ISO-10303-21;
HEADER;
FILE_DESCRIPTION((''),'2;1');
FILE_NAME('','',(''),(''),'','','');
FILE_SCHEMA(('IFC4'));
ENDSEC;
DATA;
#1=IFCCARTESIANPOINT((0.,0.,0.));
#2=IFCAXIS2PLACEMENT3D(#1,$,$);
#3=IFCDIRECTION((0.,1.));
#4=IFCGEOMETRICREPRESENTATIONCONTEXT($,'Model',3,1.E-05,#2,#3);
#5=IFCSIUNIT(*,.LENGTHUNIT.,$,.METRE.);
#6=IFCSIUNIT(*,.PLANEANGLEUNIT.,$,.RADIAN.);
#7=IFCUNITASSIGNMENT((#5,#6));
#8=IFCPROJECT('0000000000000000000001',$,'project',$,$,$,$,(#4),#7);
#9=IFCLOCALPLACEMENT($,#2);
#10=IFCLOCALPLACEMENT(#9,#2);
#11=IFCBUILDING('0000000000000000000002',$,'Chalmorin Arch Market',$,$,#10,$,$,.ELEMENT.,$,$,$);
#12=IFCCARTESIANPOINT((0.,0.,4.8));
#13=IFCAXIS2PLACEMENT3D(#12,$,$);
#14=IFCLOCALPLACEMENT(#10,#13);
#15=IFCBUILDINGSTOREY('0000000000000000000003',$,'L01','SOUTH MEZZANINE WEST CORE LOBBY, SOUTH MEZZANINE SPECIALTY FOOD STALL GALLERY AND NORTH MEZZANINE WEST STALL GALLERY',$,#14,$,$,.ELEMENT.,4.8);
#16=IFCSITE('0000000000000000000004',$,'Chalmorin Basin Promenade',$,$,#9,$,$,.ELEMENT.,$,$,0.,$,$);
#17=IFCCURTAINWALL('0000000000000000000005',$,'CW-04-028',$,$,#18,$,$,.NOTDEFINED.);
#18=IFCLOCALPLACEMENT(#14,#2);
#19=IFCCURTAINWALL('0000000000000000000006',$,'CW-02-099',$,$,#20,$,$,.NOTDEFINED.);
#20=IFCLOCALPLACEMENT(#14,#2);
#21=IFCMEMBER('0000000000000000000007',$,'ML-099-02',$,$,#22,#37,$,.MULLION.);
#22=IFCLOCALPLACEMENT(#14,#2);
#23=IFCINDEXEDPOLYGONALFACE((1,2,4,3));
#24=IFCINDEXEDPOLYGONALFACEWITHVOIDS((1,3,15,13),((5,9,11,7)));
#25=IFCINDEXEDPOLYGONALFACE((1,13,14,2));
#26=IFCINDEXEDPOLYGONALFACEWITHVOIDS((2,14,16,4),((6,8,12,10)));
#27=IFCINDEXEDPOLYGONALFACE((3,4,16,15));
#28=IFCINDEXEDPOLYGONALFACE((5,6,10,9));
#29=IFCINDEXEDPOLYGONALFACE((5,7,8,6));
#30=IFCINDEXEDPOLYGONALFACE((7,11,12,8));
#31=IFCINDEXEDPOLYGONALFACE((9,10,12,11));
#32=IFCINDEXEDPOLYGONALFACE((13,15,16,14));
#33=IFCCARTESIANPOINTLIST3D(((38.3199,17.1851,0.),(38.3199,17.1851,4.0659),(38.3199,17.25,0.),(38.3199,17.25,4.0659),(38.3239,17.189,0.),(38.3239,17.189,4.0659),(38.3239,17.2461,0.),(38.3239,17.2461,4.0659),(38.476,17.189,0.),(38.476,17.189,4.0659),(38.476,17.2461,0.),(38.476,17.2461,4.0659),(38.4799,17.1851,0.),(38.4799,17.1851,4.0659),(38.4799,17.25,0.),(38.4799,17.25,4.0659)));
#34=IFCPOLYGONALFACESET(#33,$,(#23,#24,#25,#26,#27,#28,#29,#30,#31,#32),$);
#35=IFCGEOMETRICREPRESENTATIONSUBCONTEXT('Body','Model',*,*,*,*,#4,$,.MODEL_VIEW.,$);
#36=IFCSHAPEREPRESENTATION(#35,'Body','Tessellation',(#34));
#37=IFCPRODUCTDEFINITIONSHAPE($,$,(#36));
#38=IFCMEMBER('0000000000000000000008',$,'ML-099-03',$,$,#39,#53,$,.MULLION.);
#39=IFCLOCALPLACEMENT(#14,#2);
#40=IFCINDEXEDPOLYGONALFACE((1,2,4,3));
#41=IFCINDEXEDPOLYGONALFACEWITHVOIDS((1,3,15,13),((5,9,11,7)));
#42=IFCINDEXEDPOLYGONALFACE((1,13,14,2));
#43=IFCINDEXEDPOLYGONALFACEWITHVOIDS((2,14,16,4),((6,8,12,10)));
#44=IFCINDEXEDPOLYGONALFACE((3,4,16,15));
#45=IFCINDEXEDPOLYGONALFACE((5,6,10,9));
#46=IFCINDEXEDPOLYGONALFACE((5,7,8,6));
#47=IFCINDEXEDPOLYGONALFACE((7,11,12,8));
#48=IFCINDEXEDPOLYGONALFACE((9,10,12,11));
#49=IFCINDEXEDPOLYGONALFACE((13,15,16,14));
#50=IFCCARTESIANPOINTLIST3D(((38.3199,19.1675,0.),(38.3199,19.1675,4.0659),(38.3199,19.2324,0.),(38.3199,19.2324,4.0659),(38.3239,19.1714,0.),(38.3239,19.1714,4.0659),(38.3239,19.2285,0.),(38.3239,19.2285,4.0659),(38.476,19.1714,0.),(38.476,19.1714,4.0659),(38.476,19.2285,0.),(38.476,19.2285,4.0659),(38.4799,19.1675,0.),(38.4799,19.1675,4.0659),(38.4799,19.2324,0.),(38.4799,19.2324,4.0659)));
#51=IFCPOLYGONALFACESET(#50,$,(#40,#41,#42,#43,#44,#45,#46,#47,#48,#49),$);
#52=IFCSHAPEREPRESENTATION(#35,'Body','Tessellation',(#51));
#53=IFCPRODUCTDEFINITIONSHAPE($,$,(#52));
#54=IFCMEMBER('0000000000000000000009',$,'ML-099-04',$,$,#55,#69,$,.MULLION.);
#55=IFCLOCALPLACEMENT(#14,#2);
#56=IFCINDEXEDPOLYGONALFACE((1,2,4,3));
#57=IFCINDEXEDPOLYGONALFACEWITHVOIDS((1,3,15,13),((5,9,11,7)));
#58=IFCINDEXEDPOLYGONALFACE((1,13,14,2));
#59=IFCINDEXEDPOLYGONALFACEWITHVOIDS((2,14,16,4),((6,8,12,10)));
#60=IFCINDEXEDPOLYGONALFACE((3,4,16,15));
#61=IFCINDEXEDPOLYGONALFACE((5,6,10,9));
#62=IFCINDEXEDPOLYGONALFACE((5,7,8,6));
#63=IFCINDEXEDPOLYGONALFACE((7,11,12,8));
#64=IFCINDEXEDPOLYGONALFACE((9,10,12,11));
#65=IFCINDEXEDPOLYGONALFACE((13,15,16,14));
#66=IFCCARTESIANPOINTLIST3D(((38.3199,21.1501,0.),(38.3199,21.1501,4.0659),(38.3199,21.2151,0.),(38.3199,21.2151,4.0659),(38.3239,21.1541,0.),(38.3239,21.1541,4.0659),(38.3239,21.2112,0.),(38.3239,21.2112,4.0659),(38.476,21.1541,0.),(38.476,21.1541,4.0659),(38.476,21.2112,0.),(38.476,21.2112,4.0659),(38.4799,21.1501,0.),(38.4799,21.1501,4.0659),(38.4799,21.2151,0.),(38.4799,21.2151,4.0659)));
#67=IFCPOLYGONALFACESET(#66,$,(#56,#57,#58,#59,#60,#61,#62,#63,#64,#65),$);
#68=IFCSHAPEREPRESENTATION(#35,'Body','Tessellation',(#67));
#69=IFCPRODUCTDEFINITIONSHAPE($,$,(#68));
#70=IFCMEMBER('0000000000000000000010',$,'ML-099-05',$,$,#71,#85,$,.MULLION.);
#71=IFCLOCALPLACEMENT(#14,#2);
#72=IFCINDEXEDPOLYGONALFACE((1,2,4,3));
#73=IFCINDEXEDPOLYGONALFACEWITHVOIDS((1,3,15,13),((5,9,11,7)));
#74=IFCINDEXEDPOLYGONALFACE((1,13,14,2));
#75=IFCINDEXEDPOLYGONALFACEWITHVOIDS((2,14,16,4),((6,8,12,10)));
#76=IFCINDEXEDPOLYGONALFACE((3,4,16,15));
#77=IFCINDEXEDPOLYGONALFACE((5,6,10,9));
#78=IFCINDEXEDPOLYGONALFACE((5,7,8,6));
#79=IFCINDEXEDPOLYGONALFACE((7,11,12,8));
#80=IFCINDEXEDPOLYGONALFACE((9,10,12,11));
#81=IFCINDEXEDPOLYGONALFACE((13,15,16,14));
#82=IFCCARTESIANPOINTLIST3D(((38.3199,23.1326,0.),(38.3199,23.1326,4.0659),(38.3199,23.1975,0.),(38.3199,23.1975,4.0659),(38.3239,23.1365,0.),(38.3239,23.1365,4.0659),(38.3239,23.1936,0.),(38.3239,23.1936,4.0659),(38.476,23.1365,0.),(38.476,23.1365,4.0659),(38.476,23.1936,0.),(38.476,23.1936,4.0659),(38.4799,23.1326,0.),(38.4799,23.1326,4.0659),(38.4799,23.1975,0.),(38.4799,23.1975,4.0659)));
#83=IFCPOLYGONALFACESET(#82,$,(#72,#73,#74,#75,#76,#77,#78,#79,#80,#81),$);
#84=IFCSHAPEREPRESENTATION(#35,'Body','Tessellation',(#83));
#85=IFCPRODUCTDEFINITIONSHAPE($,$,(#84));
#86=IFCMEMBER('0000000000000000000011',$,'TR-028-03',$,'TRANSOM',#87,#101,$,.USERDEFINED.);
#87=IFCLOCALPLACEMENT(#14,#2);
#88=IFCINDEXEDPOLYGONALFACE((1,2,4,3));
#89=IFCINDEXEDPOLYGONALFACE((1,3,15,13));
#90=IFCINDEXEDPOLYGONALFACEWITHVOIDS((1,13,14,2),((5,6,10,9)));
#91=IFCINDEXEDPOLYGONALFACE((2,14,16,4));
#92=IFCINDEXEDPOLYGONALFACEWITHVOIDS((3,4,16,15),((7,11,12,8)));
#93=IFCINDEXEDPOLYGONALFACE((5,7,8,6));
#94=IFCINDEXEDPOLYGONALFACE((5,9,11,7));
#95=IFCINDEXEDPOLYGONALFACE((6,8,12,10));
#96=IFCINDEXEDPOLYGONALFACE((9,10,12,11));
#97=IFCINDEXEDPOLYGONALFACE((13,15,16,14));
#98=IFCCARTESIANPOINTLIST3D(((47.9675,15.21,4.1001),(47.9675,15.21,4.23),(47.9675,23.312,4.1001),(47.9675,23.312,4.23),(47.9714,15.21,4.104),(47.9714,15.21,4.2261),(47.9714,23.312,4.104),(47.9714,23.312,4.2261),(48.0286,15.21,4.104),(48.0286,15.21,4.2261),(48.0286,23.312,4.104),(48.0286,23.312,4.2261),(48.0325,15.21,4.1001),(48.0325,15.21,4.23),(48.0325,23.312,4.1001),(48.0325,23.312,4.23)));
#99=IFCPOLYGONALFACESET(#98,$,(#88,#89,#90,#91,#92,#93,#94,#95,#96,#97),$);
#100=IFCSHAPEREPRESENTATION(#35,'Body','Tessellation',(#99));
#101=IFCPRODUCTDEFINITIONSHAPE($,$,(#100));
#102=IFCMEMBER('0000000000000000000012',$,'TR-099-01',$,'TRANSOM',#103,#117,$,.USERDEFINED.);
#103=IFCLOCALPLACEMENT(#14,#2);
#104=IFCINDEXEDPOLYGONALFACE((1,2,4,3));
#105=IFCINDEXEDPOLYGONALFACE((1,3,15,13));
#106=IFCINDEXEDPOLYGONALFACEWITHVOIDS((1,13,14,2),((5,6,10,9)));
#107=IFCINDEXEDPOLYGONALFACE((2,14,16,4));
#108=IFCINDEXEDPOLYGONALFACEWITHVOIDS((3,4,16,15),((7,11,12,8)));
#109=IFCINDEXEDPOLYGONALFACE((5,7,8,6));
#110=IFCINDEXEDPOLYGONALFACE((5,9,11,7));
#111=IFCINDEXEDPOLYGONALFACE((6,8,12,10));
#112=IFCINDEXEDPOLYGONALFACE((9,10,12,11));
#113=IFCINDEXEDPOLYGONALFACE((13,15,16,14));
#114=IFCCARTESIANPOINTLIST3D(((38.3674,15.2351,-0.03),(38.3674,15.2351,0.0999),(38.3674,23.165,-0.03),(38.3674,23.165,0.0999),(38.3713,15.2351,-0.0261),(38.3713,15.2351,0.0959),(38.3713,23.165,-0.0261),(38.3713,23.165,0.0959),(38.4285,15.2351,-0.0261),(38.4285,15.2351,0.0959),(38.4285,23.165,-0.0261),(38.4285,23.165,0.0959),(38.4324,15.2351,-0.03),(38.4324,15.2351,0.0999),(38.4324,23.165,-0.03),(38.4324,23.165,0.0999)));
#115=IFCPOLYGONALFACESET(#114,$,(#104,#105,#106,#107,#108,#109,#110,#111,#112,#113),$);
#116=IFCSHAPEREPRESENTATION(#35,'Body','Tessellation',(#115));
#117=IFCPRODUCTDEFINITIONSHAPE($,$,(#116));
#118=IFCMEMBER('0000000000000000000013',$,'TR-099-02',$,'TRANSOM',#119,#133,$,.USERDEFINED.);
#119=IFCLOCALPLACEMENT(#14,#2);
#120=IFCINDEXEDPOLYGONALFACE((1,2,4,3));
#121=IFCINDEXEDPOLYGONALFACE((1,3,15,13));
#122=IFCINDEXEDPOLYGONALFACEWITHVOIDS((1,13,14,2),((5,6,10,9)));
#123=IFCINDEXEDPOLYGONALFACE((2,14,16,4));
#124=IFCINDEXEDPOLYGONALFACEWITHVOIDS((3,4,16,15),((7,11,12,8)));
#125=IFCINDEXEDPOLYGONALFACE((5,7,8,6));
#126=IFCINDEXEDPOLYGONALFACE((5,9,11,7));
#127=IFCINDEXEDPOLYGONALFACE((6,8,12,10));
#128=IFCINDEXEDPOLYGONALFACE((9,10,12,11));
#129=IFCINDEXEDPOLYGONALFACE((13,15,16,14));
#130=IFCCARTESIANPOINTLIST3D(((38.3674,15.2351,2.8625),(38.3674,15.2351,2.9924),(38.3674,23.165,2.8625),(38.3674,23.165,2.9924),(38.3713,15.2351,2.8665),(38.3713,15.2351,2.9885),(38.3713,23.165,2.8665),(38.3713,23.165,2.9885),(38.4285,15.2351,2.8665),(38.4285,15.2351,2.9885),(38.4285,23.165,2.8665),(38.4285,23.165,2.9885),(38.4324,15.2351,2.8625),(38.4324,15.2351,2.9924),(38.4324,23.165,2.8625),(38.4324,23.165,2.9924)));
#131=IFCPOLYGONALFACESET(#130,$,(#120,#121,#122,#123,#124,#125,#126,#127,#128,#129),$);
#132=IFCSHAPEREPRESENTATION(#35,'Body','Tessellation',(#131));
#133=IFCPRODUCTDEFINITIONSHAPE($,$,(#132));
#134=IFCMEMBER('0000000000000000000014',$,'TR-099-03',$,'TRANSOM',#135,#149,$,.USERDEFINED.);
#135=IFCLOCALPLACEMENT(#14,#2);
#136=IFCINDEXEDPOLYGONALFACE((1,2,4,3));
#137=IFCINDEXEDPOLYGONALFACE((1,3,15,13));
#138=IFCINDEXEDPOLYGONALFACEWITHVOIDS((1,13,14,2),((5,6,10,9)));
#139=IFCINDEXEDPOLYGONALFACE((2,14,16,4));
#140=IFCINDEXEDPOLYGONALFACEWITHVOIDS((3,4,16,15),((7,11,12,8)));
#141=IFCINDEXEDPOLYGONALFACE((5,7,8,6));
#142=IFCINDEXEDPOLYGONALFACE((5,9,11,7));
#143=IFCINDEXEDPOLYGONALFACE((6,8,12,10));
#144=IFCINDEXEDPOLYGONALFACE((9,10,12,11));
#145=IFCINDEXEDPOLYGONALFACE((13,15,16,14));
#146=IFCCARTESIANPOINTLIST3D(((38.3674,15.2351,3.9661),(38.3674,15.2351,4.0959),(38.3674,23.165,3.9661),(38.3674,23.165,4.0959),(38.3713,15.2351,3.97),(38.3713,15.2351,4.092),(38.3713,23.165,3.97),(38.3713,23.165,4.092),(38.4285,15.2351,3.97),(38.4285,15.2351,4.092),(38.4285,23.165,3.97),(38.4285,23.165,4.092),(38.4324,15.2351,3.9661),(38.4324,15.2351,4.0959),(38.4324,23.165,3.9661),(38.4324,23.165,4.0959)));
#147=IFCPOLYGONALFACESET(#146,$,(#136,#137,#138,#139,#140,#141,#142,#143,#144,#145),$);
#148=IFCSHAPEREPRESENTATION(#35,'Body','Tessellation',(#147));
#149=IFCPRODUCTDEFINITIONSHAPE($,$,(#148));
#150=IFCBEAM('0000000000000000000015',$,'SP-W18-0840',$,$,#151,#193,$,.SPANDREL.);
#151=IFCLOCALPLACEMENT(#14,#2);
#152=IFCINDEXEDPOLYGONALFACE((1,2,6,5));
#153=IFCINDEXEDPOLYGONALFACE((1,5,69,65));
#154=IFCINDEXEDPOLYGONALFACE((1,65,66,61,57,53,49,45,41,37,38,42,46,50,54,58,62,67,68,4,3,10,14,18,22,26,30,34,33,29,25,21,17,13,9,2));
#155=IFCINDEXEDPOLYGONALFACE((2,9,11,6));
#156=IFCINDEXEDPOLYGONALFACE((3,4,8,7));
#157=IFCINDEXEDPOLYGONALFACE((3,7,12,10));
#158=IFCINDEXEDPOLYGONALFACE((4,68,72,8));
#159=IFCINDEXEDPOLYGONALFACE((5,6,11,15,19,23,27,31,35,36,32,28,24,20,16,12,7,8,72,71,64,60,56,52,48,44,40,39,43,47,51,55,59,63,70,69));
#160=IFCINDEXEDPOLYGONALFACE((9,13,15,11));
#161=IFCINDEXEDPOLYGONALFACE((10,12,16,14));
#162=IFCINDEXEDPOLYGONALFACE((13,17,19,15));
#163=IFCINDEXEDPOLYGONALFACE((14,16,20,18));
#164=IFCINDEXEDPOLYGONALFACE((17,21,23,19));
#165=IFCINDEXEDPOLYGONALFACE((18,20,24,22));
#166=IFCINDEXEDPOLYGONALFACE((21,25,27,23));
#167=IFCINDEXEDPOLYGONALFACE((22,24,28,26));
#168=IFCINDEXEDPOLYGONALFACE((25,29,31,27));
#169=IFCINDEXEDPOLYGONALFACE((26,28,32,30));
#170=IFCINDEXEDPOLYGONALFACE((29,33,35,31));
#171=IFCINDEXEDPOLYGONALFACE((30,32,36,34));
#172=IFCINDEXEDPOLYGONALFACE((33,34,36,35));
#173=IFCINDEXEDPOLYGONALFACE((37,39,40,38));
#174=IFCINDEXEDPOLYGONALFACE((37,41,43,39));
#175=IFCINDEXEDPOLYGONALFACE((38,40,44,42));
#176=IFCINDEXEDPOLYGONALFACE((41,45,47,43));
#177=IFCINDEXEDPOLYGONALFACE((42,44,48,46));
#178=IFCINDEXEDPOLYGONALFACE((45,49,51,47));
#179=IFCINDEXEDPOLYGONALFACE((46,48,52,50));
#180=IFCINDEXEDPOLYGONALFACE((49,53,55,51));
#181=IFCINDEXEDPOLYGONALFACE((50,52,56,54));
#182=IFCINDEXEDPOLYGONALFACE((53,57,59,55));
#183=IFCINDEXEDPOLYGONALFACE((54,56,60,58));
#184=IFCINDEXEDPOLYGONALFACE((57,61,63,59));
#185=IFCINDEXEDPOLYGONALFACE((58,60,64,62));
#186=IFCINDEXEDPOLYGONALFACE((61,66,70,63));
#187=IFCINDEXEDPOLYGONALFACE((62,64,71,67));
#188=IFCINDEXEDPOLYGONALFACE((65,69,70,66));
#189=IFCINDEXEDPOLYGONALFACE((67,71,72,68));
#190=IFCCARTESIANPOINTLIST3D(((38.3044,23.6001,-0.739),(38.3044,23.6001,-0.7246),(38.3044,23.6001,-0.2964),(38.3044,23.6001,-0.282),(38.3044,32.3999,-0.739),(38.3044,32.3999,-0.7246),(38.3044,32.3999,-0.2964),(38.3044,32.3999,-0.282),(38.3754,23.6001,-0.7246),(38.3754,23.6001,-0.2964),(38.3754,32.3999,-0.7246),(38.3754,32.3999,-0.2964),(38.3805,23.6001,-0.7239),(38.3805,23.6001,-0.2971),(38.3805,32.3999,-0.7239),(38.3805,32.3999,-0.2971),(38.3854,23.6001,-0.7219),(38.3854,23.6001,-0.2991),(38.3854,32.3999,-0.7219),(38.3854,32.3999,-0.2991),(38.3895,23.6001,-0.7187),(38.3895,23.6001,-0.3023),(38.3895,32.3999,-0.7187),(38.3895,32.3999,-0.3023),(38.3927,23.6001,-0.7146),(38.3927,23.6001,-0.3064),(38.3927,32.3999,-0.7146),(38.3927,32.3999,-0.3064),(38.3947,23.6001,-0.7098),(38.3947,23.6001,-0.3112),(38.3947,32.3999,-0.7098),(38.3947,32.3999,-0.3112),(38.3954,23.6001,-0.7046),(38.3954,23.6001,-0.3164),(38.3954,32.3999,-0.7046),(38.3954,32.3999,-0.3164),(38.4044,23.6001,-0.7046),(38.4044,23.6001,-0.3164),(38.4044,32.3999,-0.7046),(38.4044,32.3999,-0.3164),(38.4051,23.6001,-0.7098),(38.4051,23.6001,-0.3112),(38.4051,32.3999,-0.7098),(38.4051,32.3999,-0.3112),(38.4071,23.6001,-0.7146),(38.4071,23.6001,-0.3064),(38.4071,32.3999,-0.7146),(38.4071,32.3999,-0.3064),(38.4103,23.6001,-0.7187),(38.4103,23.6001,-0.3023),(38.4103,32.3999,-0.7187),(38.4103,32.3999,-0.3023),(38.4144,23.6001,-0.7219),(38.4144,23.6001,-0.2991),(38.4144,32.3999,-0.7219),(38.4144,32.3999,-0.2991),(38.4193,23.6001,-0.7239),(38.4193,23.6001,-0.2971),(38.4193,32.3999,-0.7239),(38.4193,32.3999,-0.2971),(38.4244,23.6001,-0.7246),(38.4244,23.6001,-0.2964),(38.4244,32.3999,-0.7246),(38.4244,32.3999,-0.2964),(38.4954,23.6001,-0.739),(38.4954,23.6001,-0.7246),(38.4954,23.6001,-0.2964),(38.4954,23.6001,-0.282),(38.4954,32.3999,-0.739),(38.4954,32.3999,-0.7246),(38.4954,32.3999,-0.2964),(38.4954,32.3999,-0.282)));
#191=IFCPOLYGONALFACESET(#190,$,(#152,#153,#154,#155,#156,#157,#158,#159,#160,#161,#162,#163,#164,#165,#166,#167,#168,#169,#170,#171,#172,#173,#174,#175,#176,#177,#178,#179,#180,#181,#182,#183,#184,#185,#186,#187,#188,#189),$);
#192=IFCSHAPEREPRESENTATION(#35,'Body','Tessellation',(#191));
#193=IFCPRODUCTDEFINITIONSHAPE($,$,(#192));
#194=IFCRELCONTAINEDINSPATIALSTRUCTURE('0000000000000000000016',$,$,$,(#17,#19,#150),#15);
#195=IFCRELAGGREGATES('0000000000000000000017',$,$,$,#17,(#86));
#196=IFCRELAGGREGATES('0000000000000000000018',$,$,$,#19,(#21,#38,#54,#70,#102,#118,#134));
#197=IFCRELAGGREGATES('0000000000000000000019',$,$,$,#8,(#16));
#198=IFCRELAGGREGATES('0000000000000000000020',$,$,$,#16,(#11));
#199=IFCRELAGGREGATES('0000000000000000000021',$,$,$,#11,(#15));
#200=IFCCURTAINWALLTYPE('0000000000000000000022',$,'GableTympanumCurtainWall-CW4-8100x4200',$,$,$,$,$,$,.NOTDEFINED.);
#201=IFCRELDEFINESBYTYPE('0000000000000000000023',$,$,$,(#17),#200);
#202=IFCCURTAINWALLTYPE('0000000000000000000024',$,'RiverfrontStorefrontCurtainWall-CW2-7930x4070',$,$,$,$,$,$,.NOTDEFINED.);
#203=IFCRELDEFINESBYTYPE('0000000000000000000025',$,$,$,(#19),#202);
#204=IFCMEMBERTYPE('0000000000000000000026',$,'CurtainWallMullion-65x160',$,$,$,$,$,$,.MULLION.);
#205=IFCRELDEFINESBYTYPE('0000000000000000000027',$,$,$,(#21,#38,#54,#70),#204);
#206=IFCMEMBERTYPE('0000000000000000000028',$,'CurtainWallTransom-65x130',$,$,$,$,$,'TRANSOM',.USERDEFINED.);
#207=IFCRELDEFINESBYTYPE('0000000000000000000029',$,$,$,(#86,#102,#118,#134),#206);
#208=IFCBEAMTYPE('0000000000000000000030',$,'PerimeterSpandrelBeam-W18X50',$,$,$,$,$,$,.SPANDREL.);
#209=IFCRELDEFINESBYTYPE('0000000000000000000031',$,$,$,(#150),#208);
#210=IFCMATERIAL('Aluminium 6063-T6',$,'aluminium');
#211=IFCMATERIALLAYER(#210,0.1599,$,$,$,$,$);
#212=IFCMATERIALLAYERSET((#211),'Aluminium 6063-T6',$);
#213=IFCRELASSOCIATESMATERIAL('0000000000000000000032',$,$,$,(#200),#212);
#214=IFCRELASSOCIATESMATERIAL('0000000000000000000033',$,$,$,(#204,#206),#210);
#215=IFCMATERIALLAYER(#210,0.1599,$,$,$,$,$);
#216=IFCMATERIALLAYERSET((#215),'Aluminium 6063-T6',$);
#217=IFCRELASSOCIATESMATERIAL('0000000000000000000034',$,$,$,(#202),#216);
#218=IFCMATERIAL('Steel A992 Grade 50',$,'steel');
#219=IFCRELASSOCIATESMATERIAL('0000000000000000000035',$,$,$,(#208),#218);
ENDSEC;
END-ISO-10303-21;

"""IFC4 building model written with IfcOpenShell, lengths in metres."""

from ifc_helpers import new_model, si_unit, direction, frame, origin, origin_2d, place, context, subcontext, project, spatial, hollow_rectangle, i_section, extrude, material, layer, layer_set, material_profile, profile_set, type_object, element, aggregate, save


model = new_model("IFC4")

# Units and contexts
model_context = context("Model", 3, precision=1e-05, world=origin(), true_north=direction((0.0, 1.0)))
body_context = subcontext(model_context, "Body", "Model", "MODEL_VIEW")
ifc_project = project(units=[si_unit("LENGTHUNIT", "METRE"), si_unit("PLANEANGLEUNIT", "RADIAN")], contexts=[model_context])

# Site, building, storey
site_placement = place(None, origin())
site = spatial("IfcSite", under=ifc_project, at=site_placement, Name="Chalmorin Basin Promenade", CompositionType="ELEMENT", RefElevation=0.0)
building_placement = place(site_placement, origin())
building = spatial("IfcBuilding", under=site, at=building_placement, Name="Chalmorin Arch Market", CompositionType="ELEMENT")
storey_placement = place(building_placement, frame((0.0, 0.0, 4.8)))
storey = spatial("IfcBuildingStorey", under=building, at=storey_placement, Name="L01", Description="SOUTH MEZZANINE WEST CORE LOBBY, SOUTH MEZZANINE SPECIALTY FOOD STALL GALLERY AND NORTH MEZZANINE WEST STALL GALLERY", CompositionType="ELEMENT", Elevation=4.8)

# Shared definitions
ifc_material_1 = material(Name="Steel A992 Grade 50", Category="steel")

# Curtain walls, members
ifc_material_2 = material(Name="Aluminium 6063-T6", Category="aluminium")
ifc_layer_1 = layer(ifc_material_2, 0.1599)
ifc_layer_set_1 = layer_set([ifc_layer_1], Name="Aluminium 6063-T6")
curtain_wall_type_1 = type_object("IfcCurtainWallType", Name="GableTympanumCurtainWall-CW4-8100x4200", PredefinedType="NOTDEFINED", material=ifc_layer_set_1)
curtain_wall_1_placement = place(storey_placement, origin())
curtain_wall_1 = element("IfcCurtainWall", 1, at=curtain_wall_1_placement, inside=storey, type_object=curtain_wall_type_1, Name="CW-04-028", PredefinedType="NOTDEFINED")
ifc_material_profile_1 = material_profile(ifc_material_2, hollow_rectangle(XDim=0.0649, YDim=0.1599, WallThickness=0.0039, at=origin_2d()), Name="ALU65X160X4")
ifc_profile_set_1 = profile_set([ifc_material_profile_1], Name="Aluminium 6063-T6")
member_type_1 = type_object("IfcMemberType", Name="CurtainWallMullion-65x160", PredefinedType="MULLION", material=ifc_profile_set_1)
ifc_layer_2 = layer(ifc_material_2, 0.1599)
ifc_layer_set_2 = layer_set([ifc_layer_2], Name="Aluminium 6063-T6")
curtain_wall_type_2 = type_object("IfcCurtainWallType", Name="RiverfrontStorefrontCurtainWall-CW2-7930x4070", PredefinedType="NOTDEFINED", material=ifc_layer_set_2)
curtain_wall_2_placement = place(storey_placement, origin())
curtain_wall_2 = element("IfcCurtainWall", 2, at=curtain_wall_2_placement, inside=storey, type_object=curtain_wall_type_2, Name="CW-02-099", PredefinedType="NOTDEFINED")
member_1_placement = place(storey_placement, frame((38.3999, 17.2175, 0.0), z_axis=(0.0, 0.0, 1.0), x_axis=(0.0, 1.0, 0.0)))
member_1 = element("IfcMember", 3, at=member_1_placement, type_object=member_type_1, Name="ML-099-02", PredefinedType="MULLION", context=body_context, shape_type="SweptSolid", body=[
    extrude(hollow_rectangle(XDim=0.0649, YDim=0.1599, WallThickness=0.0039, at=origin_2d()), origin(), (0.0, 0.0, 1.0), 4.0659),
])
member_2_placement = place(storey_placement, frame((38.3999, 19.2, 0.0), z_axis=(0.0, 0.0, 1.0), x_axis=(0.0, 1.0, 0.0)))
member_2 = element("IfcMember", 4, at=member_2_placement, type_object=member_type_1, Name="ML-099-03", PredefinedType="MULLION", context=body_context, shape_type="SweptSolid", body=[
    extrude(hollow_rectangle(XDim=0.0649, YDim=0.1599, WallThickness=0.0039, at=origin_2d()), origin(), (0.0, 0.0, 1.0), 4.0659),
])
member_3_placement = place(storey_placement, frame((38.3999, 21.1826, 0.0), z_axis=(0.0, 0.0, 1.0), x_axis=(0.0, 1.0, 0.0)))
member_3 = element("IfcMember", 5, at=member_3_placement, type_object=member_type_1, Name="ML-099-04", PredefinedType="MULLION", context=body_context, shape_type="SweptSolid", body=[
    extrude(hollow_rectangle(XDim=0.0649, YDim=0.1599, WallThickness=0.0039, at=origin_2d()), origin(), (0.0, 0.0, 1.0), 4.0659),
])
member_4_placement = place(storey_placement, frame((38.3999, 23.165, 0.0), z_axis=(0.0, 0.0, 1.0), x_axis=(0.0, 1.0, 0.0)))
member_4 = element("IfcMember", 6, at=member_4_placement, type_object=member_type_1, Name="ML-099-05", PredefinedType="MULLION", context=body_context, shape_type="SweptSolid", body=[
    extrude(hollow_rectangle(XDim=0.0649, YDim=0.1599, WallThickness=0.0039, at=origin_2d()), origin(), (0.0, 0.0, 1.0), 4.0659),
])

# Members
ifc_material_profile_2 = material_profile(ifc_material_2, hollow_rectangle(XDim=0.0649, YDim=0.1299, WallThickness=0.0039, at=origin_2d()), Name="ALU65X130X4")
ifc_profile_set_2 = profile_set([ifc_material_profile_2], Name="Aluminium 6063-T6")
member_type_2 = type_object("IfcMemberType", Name="CurtainWallTransom-65x130", ElementType="TRANSOM", PredefinedType="USERDEFINED", material=ifc_profile_set_2)
member_5_placement = place(storey_placement, frame((48.0, 15.21, 4.165), z_axis=(0.0, 1.0, 0.0), x_axis=(-1.0, 0.0, 0.0)))
member_5 = element("IfcMember", 7, at=member_5_placement, type_object=member_type_2, Name="TR-028-03", ObjectType="TRANSOM", PredefinedType="USERDEFINED", context=body_context, shape_type="SweptSolid", body=[
    extrude(hollow_rectangle(XDim=0.0649, YDim=0.1299, WallThickness=0.0039, at=origin_2d()), origin(), (0.0, 0.0, 1.0), 8.1021),
])
member_6_placement = place(storey_placement, frame((38.3999, 15.2351, 0.0349), z_axis=(0.0, 1.0, 0.0), x_axis=(-1.0, 0.0, 0.0)))
member_6 = element("IfcMember", 8, at=member_6_placement, type_object=member_type_2, Name="TR-099-01", ObjectType="TRANSOM", PredefinedType="USERDEFINED", context=body_context, shape_type="SweptSolid", body=[
    extrude(hollow_rectangle(XDim=0.0649, YDim=0.1299, WallThickness=0.0039, at=origin_2d()), origin(), (0.0, 0.0, 1.0), 7.9299),
])
member_7_placement = place(storey_placement, frame((38.3999, 15.2351, 2.9275), z_axis=(0.0, 1.0, 0.0), x_axis=(-1.0, 0.0, 0.0)))
member_7 = element("IfcMember", 9, at=member_7_placement, type_object=member_type_2, Name="TR-099-02", ObjectType="TRANSOM", PredefinedType="USERDEFINED", context=body_context, shape_type="SweptSolid", body=[
    extrude(hollow_rectangle(XDim=0.0649, YDim=0.1299, WallThickness=0.0039, at=origin_2d()), origin(), (0.0, 0.0, 1.0), 7.9299),
])
member_8_placement = place(storey_placement, frame((38.3999, 15.2351, 4.031), z_axis=(0.0, 1.0, 0.0), x_axis=(-1.0, 0.0, 0.0)))
member_8 = element("IfcMember", 10, at=member_8_placement, type_object=member_type_2, Name="TR-099-03", ObjectType="TRANSOM", PredefinedType="USERDEFINED", context=body_context, shape_type="SweptSolid", body=[
    extrude(hollow_rectangle(XDim=0.0649, YDim=0.1299, WallThickness=0.0039, at=origin_2d()), origin(), (0.0, 0.0, 1.0), 7.9299),
])

# Beam
ifc_material_profile_3 = material_profile(ifc_material_1, i_section(OverallWidth=0.1909, OverallDepth=0.457, WebThickness=0.009, FlangeThickness=0.0144, FilletRadius=0.02, at=origin_2d()), Name="W18X50")
ifc_profile_set_3 = profile_set([ifc_material_profile_3], Name="Steel A992 Grade 50")
beam_type = type_object("IfcBeamType", Name="PerimeterSpandrelBeam-W18X50", PredefinedType="SPANDREL", material=ifc_profile_set_3)
beam_placement = place(storey_placement, frame((38.3999, 23.6001, -0.5105), z_axis=(0.0, 1.0, 0.0), x_axis=(-1.0, 0.0, 0.0)))
element("IfcBeam", 11, at=beam_placement, inside=storey, type_object=beam_type, Name="SP-W18-0840", PredefinedType="SPANDREL", context=body_context, shape_type="SweptSolid", body=[
    extrude(i_section(OverallWidth=0.1909, OverallDepth=0.457, WebThickness=0.009, FlangeThickness=0.0144, FilletRadius=0.02, at=origin_2d()), origin(), (0.0, 0.0, 1.0), 8.7998),
])

aggregate(curtain_wall_1, [member_5])
aggregate(curtain_wall_2, [member_1, member_2, member_3, member_4, member_6, member_7, member_8])

save(model, "model.ifc")
